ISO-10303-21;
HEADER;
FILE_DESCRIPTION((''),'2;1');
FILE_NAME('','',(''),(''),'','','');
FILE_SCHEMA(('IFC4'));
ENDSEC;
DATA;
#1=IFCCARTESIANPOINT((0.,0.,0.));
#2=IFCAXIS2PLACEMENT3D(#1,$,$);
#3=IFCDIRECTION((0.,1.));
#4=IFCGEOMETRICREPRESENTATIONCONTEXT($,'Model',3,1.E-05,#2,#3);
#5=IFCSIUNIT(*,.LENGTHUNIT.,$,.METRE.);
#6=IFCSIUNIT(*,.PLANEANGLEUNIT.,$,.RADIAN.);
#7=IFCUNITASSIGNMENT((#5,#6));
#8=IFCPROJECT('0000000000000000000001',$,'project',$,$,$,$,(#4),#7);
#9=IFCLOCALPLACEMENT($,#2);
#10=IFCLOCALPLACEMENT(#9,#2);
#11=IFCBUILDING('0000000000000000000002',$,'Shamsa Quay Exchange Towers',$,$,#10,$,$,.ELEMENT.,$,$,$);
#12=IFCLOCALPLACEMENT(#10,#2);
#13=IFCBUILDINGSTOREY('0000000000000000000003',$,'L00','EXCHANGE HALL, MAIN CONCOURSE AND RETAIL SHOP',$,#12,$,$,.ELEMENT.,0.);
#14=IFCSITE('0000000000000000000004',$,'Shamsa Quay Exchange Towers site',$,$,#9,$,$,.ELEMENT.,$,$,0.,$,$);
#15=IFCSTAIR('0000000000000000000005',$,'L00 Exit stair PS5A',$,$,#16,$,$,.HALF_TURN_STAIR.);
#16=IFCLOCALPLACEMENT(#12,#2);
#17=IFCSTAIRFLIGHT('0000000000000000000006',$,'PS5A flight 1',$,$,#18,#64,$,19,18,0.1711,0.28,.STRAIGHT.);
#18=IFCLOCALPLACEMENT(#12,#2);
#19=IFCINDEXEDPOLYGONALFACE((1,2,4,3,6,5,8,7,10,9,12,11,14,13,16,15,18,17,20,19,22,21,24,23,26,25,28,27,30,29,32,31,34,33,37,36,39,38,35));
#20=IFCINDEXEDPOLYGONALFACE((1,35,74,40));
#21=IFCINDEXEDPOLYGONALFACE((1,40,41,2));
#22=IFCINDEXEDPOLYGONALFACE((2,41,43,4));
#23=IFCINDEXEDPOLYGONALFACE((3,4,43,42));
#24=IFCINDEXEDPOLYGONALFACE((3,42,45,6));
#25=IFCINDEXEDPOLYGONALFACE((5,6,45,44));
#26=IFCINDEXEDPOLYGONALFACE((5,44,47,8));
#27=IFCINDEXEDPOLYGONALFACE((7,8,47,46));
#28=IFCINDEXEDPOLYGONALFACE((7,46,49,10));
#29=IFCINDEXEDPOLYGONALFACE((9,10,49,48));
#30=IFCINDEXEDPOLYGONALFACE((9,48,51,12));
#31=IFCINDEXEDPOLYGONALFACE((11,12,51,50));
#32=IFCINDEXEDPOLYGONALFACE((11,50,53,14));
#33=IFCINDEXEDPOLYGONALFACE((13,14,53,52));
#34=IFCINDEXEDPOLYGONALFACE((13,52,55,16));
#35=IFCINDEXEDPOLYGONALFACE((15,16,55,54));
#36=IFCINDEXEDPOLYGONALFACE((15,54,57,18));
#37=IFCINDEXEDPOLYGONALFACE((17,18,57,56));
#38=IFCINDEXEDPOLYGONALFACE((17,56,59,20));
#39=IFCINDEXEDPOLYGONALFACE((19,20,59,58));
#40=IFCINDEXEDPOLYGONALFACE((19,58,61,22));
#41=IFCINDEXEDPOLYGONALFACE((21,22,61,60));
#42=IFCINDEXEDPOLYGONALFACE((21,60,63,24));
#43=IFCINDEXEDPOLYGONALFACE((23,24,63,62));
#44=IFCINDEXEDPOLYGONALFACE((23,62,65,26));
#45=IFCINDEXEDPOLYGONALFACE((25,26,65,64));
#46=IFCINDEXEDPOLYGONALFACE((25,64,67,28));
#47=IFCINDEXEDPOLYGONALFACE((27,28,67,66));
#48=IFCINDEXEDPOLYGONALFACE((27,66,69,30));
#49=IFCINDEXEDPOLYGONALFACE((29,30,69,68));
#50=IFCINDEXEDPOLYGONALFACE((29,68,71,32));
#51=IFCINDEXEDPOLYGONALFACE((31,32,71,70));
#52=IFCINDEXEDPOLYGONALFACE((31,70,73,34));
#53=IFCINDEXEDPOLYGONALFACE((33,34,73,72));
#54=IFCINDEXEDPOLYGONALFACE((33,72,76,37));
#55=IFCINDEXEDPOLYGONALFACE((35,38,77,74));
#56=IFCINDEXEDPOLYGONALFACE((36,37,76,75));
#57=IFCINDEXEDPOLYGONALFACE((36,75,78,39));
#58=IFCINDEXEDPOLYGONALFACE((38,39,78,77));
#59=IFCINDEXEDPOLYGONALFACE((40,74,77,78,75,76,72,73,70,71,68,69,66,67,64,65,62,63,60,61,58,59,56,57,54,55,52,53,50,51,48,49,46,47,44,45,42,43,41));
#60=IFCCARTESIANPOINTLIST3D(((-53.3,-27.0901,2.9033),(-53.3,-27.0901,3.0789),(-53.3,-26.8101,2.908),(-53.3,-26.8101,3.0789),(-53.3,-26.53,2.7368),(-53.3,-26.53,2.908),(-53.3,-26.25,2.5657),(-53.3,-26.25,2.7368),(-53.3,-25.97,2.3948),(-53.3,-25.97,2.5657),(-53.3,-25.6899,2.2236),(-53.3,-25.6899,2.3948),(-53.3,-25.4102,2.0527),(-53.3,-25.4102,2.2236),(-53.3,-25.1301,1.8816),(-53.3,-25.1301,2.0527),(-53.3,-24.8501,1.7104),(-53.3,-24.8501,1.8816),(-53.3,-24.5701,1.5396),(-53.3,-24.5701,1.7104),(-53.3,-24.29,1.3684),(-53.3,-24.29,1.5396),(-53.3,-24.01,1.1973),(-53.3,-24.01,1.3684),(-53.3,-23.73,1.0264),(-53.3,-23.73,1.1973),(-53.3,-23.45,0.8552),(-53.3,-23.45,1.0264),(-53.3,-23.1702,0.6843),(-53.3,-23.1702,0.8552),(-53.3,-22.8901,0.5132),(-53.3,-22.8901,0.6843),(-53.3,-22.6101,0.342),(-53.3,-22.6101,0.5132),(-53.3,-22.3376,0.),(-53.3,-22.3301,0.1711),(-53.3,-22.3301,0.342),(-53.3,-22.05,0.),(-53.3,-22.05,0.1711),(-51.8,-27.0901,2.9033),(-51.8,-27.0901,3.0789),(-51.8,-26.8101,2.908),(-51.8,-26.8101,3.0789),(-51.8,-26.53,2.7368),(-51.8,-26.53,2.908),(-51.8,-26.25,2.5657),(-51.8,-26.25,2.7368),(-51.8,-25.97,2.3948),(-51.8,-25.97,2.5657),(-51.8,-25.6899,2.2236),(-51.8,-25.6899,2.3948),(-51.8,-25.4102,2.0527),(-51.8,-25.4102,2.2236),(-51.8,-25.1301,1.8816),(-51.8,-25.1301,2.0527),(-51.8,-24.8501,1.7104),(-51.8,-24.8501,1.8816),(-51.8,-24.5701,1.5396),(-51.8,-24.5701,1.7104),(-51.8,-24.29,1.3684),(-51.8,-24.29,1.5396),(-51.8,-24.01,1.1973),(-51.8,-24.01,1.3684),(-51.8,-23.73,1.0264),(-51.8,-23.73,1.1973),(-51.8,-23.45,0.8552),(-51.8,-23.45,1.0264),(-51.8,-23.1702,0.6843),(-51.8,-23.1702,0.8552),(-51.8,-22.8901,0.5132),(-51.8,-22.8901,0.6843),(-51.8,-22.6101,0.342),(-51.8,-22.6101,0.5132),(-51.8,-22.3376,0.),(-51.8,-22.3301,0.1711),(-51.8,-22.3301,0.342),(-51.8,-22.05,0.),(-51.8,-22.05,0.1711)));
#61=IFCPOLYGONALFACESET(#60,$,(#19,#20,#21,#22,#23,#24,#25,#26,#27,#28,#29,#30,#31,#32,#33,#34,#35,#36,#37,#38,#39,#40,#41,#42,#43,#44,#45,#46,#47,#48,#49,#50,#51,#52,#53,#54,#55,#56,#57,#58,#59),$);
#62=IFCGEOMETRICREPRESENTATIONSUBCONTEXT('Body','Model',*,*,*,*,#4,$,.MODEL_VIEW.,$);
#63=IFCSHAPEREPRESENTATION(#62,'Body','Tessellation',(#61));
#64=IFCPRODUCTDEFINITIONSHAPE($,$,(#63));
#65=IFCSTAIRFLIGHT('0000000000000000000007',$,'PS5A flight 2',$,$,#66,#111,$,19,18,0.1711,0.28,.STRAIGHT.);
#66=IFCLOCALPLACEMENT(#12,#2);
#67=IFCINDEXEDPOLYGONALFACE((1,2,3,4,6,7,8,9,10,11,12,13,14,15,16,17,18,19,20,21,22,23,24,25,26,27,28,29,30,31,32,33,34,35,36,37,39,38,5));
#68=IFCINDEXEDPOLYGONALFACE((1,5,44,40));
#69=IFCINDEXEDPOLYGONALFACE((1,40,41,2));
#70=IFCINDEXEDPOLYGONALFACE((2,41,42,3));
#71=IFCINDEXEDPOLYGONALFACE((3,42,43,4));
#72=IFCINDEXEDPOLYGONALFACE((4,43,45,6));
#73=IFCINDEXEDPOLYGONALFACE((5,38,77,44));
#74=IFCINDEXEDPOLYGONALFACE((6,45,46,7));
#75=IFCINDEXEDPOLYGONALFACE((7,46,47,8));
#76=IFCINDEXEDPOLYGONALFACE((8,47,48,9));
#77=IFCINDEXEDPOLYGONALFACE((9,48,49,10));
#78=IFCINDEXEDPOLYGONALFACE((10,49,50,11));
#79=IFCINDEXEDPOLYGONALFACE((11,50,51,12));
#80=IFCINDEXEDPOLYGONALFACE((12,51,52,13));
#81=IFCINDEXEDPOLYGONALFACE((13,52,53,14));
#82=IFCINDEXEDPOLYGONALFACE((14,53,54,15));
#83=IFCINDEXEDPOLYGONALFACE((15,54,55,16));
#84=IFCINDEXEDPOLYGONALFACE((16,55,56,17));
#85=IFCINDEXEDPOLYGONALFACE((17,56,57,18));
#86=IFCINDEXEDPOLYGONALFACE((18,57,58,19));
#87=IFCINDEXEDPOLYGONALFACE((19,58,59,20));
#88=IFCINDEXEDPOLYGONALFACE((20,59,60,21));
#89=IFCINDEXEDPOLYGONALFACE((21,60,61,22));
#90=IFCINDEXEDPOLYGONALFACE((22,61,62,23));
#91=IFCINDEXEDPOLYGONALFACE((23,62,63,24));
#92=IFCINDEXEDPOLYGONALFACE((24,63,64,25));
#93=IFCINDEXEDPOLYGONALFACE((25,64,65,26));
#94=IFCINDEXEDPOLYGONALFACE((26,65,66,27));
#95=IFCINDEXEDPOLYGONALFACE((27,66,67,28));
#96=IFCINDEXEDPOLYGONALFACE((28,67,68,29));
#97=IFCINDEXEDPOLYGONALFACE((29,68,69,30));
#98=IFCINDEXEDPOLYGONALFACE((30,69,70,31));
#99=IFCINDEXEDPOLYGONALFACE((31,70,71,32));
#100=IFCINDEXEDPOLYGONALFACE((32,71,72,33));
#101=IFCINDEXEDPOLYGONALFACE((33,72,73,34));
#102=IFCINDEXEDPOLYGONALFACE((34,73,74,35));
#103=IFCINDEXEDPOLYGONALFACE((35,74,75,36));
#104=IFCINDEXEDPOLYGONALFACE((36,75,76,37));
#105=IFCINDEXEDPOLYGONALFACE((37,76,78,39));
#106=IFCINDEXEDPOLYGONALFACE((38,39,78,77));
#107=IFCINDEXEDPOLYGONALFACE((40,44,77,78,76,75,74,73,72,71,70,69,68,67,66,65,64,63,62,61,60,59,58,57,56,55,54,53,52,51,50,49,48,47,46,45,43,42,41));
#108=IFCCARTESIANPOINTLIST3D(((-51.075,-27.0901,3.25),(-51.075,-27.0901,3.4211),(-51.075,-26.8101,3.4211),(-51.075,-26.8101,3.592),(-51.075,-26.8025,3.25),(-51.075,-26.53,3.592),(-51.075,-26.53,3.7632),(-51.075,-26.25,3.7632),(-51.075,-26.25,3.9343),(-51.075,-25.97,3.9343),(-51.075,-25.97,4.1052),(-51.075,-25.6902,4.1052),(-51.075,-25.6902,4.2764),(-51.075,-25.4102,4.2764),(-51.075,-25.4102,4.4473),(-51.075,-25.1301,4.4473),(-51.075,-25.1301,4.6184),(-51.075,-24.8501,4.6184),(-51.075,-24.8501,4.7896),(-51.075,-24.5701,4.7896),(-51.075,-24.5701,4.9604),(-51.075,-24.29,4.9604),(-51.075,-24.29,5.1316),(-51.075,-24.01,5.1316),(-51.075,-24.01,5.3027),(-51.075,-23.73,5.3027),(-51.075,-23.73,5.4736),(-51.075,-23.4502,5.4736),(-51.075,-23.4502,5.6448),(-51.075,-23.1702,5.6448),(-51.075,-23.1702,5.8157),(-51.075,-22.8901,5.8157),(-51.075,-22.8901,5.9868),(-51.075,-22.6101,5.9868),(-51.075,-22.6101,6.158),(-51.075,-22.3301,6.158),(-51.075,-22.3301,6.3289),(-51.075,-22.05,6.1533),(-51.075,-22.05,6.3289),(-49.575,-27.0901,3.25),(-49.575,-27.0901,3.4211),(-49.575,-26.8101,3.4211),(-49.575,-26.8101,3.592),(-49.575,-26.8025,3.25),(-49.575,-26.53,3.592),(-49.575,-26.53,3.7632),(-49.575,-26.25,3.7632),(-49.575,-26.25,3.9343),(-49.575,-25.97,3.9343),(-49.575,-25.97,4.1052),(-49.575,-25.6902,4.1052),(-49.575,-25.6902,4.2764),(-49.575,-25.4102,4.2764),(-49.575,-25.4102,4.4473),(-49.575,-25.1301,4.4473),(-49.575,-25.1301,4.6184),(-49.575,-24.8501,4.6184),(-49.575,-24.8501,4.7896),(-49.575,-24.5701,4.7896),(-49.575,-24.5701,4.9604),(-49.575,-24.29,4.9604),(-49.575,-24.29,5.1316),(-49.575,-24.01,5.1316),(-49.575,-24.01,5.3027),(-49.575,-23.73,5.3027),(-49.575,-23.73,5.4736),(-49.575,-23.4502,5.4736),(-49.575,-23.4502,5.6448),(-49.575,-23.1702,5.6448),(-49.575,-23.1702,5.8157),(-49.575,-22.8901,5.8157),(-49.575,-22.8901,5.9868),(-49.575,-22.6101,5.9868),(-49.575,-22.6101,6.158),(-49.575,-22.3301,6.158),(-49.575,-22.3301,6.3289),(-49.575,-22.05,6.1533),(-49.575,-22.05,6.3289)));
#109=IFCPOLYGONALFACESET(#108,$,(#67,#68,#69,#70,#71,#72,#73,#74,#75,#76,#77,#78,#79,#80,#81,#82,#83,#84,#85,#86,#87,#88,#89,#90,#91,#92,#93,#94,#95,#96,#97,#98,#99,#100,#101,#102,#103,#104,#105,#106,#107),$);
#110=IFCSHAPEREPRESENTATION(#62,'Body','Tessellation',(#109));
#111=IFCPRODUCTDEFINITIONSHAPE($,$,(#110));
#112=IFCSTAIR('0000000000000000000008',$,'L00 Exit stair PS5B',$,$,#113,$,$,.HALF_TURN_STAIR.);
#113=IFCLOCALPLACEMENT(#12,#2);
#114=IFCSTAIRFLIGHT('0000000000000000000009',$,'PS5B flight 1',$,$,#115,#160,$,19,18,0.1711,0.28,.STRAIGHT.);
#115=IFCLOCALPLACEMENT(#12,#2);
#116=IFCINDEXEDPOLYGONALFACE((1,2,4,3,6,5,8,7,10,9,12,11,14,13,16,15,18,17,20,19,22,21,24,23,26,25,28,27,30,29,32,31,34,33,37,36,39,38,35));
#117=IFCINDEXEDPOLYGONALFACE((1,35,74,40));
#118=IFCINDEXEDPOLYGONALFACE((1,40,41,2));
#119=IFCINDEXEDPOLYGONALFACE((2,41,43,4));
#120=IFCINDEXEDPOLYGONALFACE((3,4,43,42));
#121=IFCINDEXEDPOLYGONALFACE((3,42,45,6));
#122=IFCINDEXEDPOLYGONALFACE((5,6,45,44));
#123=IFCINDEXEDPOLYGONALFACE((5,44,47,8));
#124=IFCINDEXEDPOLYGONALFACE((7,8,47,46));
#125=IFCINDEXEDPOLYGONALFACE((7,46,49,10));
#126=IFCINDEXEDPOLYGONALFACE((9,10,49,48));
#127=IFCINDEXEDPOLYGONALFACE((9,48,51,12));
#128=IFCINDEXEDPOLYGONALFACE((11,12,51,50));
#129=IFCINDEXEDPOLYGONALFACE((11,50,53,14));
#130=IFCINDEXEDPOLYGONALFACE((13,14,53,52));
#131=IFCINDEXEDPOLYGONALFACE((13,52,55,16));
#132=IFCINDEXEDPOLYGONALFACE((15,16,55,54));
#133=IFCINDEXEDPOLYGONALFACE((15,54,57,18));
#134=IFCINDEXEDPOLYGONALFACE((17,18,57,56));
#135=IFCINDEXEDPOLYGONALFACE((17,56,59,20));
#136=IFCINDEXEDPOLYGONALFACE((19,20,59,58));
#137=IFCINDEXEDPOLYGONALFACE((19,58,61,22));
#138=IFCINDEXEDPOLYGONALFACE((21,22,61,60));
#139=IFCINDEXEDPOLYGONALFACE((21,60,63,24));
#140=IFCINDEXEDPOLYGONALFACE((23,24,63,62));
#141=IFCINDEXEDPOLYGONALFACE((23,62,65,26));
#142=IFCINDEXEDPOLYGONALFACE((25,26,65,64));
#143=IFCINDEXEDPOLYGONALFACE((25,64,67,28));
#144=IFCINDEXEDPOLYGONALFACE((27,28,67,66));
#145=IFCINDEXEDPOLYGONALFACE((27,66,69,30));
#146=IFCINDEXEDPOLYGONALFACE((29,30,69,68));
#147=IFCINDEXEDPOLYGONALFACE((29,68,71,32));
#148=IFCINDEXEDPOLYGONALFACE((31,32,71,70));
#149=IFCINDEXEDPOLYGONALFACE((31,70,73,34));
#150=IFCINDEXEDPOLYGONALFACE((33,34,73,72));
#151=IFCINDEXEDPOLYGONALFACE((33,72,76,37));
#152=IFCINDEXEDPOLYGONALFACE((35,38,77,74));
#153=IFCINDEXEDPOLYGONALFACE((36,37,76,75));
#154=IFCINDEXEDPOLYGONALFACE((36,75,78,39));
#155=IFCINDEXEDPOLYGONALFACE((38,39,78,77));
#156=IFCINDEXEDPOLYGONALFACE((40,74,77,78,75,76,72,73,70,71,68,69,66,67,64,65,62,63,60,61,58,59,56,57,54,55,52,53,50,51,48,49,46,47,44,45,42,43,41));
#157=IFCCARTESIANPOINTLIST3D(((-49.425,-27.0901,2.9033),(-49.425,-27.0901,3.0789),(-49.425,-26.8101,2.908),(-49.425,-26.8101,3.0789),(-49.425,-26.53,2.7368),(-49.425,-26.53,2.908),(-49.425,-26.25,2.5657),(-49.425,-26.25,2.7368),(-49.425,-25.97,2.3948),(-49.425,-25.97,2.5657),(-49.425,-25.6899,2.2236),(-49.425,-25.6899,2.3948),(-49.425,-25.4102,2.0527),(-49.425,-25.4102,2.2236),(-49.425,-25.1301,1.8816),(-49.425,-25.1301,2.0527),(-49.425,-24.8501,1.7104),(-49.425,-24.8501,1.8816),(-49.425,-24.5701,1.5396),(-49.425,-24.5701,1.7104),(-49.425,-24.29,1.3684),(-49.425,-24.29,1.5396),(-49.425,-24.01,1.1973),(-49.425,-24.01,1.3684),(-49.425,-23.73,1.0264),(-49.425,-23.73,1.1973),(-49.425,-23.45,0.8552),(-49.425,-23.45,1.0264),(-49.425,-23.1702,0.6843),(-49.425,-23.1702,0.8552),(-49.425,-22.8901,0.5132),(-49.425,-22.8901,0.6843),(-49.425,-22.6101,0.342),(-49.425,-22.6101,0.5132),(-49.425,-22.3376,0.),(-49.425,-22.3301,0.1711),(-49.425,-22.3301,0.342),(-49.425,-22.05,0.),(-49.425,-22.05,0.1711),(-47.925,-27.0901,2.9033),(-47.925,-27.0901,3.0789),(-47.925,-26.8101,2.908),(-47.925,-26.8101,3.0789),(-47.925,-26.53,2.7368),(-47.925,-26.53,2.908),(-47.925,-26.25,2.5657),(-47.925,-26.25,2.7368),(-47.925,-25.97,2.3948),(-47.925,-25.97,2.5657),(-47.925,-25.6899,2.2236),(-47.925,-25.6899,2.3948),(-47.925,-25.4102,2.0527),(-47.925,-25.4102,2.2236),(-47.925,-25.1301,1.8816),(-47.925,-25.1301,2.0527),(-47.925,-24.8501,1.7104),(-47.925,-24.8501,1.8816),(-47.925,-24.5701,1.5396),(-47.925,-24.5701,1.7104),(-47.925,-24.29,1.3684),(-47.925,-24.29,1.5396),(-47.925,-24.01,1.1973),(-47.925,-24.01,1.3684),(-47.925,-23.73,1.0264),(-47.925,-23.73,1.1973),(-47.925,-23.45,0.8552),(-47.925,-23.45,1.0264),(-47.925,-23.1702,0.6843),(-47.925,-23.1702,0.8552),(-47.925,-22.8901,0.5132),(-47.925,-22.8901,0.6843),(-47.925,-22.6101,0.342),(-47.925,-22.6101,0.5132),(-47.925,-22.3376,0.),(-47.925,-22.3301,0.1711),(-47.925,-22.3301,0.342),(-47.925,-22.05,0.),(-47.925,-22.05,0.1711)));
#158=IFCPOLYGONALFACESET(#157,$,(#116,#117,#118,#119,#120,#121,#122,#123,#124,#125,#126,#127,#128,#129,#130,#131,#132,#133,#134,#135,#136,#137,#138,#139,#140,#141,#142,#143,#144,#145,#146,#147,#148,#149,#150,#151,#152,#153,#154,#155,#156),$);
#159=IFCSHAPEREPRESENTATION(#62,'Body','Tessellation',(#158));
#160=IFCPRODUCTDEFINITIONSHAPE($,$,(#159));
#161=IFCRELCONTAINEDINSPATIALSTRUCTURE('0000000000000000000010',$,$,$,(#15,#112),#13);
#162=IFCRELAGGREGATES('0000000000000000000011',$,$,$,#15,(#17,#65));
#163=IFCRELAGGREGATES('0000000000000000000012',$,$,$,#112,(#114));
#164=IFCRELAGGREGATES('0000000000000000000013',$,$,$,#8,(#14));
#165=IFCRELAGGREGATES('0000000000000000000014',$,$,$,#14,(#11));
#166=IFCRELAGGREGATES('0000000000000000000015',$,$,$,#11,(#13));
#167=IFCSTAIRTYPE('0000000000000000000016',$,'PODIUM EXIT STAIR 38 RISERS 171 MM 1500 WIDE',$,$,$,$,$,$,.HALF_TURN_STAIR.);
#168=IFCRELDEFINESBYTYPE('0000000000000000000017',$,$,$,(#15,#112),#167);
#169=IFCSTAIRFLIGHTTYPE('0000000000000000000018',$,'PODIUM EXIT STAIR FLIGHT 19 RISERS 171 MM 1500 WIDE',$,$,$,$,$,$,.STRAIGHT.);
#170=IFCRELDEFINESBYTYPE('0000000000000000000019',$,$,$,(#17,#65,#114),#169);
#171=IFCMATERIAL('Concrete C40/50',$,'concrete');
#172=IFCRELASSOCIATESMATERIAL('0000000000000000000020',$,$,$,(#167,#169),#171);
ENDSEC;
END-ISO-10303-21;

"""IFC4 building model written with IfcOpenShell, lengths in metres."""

from ifc_helpers import new_model, si_unit, direction, frame, origin, place, context, subcontext, project, spatial, polyline, outline, extrude, material, type_object, element, aggregate, save


model = new_model("IFC4")

# Units and contexts
model_context = context("Model", 3, precision=1e-05, world=origin(), true_north=direction((0.0, 1.0)))
body_context = subcontext(model_context, "Body", "Model", "MODEL_VIEW")
ifc_project = project(units=[si_unit("LENGTHUNIT", "METRE"), si_unit("PLANEANGLEUNIT", "RADIAN")], contexts=[model_context])

# Site, building, storey
site_placement = place(None, origin())
site = spatial("IfcSite", under=ifc_project, at=site_placement, Name="Shamsa Quay Exchange Towers site", CompositionType="ELEMENT", RefElevation=0.0)
building_placement = place(site_placement, origin())
building = spatial("IfcBuilding", under=site, at=building_placement, Name="Shamsa Quay Exchange Towers", CompositionType="ELEMENT")
storey_placement = place(building_placement, origin())
storey = spatial("IfcBuildingStorey", under=building, at=storey_placement, Name="L00", Description="EXCHANGE HALL, MAIN CONCOURSE AND RETAIL SHOP", CompositionType="ELEMENT", Elevation=0.0)

# Shared definitions
ifc_material_1 = material(Name="Concrete C40/50", Category="concrete")

# Stairs, stair flights
stair_type = type_object("IfcStairType", Name="PODIUM EXIT STAIR 38 RISERS 171 MM 1500 WIDE", PredefinedType="HALF_TURN_STAIR", material=ifc_material_1)
stair_1_placement = place(storey_placement, origin())
stair_1 = element("IfcStair", 1, at=stair_1_placement, inside=storey, type_object=stair_type, Name="L00 Exit stair PS5A", PredefinedType="HALF_TURN_STAIR")
stair_flight_type = type_object("IfcStairFlightType", Name="PODIUM EXIT STAIR FLIGHT 19 RISERS 171 MM 1500 WIDE", PredefinedType="STRAIGHT", material=ifc_material_1)
stair_flight_1_placement = place(storey_placement, frame((-52.55, -22.05, 0.0), z_axis=(0.0, 0.0, 1.0), x_axis=(0.0, -1.0, 0.0)))
stair_flight_1 = element("IfcStairFlight", 2, at=stair_flight_1_placement, type_object=stair_flight_type, Name="PS5A flight 1", NumberOfRisers=19, NumberOfTreads=18, PredefinedType="STRAIGHT", RiserHeight=0.1711, TreadLength=0.28, context=body_context, shape_type="SweptSolid", body=[
    extrude(outline(polyline([(0.0, 0.0), (0.0, 0.1711), (0.28, 0.1711), (0.28, 0.342), (0.5601, 0.342), (0.5601, 0.5132), (0.8401, 0.5132), (0.8401, 0.6843), (1.1201, 0.6843), (1.1201, 0.8552), (1.3999, 0.8552), (1.3999, 1.0264), (1.6799, 1.0264), (1.6799, 1.1973), (1.96, 1.1973), (1.96, 1.3684), (2.24, 1.3684), (2.24, 1.5396), (2.52, 1.5396), (2.52, 1.7104), (2.8, 1.7104), (2.8, 1.8816), (3.0801, 1.8816), (3.0801, 2.0527), (3.3601, 2.0527), (3.3601, 2.2236), (3.6399, 2.2236), (3.6399, 2.3948), (3.9199, 2.3948), (3.9199, 2.5657), (4.2, 2.5657), (4.2, 2.7368), (4.48, 2.7368), (4.48, 2.908), (4.76, 2.908), (4.76, 3.0789), (5.04, 3.0789), (5.04, 3.25), (5.04, 2.9033), (0.2876, 0.0), (0.0, 0.0)])), frame((0.0, 0.75, 0.0), z_axis=(0.0, -1.0, 0.0), x_axis=(1.0, 0.0, 0.0)), (0.0, 0.0, 1.0), 1.5),
])
stair_flight_2_placement = place(storey_placement, frame((-50.325, -27.0901, 3.25), z_axis=(0.0, 0.0, 1.0), x_axis=(0.0, 1.0, 0.0)))
stair_flight_2 = element("IfcStairFlight", 3, at=stair_flight_2_placement, type_object=stair_flight_type, Name="PS5A flight 2", NumberOfRisers=19, NumberOfTreads=18, PredefinedType="STRAIGHT", RiserHeight=0.1711, TreadLength=0.28, context=body_context, shape_type="SweptSolid", body=[
    extrude(outline(polyline([(0.0, 0.0), (0.0, 0.1711), (0.28, 0.1711), (0.28, 0.342), (0.5601, 0.342), (0.5601, 0.5132), (0.8401, 0.5132), (0.8401, 0.6843), (1.1201, 0.6843), (1.1201, 0.8552), (1.3999, 0.8552), (1.3999, 1.0264), (1.6799, 1.0264), (1.6799, 1.1973), (1.96, 1.1973), (1.96, 1.3684), (2.24, 1.3684), (2.24, 1.5396), (2.52, 1.5396), (2.52, 1.7104), (2.8, 1.7104), (2.8, 1.8816), (3.0801, 1.8816), (3.0801, 2.0527), (3.3601, 2.0527), (3.3601, 2.2236), (3.6399, 2.2236), (3.6399, 2.3948), (3.9199, 2.3948), (3.9199, 2.5657), (4.2, 2.5657), (4.2, 2.7368), (4.48, 2.7368), (4.48, 2.908), (4.76, 2.908), (4.76, 3.0789), (5.04, 3.0789), (5.04, 3.25), (5.04, 2.9033), (0.2876, 0.0), (0.0, 0.0)])), frame((0.0, 0.75, 0.0), z_axis=(0.0, -1.0, 0.0), x_axis=(1.0, 0.0, 0.0)), (0.0, 0.0, 1.0), 1.5),
])
aggregate(stair_1, [stair_flight_1, stair_flight_2])
stair_2_placement = place(storey_placement, origin())
stair_2 = element("IfcStair", 4, at=stair_2_placement, inside=storey, type_object=stair_type, Name="L00 Exit stair PS5B", PredefinedType="HALF_TURN_STAIR")
stair_flight_3_placement = place(storey_placement, frame((-48.675, -22.05, 0.0), z_axis=(0.0, 0.0, 1.0), x_axis=(0.0, -1.0, 0.0)))
stair_flight_3 = element("IfcStairFlight", 5, at=stair_flight_3_placement, type_object=stair_flight_type, Name="PS5B flight 1", NumberOfRisers=19, NumberOfTreads=18, PredefinedType="STRAIGHT", RiserHeight=0.1711, TreadLength=0.28, context=body_context, shape_type="SweptSolid", body=[
    extrude(outline(polyline([(0.0, 0.0), (0.0, 0.1711), (0.28, 0.1711), (0.28, 0.342), (0.5601, 0.342), (0.5601, 0.5132), (0.8401, 0.5132), (0.8401, 0.6843), (1.1201, 0.6843), (1.1201, 0.8552), (1.3999, 0.8552), (1.3999, 1.0264), (1.6799, 1.0264), (1.6799, 1.1973), (1.96, 1.1973), (1.96, 1.3684), (2.24, 1.3684), (2.24, 1.5396), (2.52, 1.5396), (2.52, 1.7104), (2.8, 1.7104), (2.8, 1.8816), (3.0801, 1.8816), (3.0801, 2.0527), (3.3601, 2.0527), (3.3601, 2.2236), (3.6399, 2.2236), (3.6399, 2.3948), (3.9199, 2.3948), (3.9199, 2.5657), (4.2, 2.5657), (4.2, 2.7368), (4.48, 2.7368), (4.48, 2.908), (4.76, 2.908), (4.76, 3.0789), (5.04, 3.0789), (5.04, 3.25), (5.04, 2.9033), (0.2876, 0.0), (0.0, 0.0)])), frame((0.0, 0.75, 0.0), z_axis=(0.0, -1.0, 0.0), x_axis=(1.0, 0.0, 0.0)), (0.0, 0.0, 1.0), 1.5),
])
aggregate(stair_2, [stair_flight_3])

save(model, "model.ifc")
